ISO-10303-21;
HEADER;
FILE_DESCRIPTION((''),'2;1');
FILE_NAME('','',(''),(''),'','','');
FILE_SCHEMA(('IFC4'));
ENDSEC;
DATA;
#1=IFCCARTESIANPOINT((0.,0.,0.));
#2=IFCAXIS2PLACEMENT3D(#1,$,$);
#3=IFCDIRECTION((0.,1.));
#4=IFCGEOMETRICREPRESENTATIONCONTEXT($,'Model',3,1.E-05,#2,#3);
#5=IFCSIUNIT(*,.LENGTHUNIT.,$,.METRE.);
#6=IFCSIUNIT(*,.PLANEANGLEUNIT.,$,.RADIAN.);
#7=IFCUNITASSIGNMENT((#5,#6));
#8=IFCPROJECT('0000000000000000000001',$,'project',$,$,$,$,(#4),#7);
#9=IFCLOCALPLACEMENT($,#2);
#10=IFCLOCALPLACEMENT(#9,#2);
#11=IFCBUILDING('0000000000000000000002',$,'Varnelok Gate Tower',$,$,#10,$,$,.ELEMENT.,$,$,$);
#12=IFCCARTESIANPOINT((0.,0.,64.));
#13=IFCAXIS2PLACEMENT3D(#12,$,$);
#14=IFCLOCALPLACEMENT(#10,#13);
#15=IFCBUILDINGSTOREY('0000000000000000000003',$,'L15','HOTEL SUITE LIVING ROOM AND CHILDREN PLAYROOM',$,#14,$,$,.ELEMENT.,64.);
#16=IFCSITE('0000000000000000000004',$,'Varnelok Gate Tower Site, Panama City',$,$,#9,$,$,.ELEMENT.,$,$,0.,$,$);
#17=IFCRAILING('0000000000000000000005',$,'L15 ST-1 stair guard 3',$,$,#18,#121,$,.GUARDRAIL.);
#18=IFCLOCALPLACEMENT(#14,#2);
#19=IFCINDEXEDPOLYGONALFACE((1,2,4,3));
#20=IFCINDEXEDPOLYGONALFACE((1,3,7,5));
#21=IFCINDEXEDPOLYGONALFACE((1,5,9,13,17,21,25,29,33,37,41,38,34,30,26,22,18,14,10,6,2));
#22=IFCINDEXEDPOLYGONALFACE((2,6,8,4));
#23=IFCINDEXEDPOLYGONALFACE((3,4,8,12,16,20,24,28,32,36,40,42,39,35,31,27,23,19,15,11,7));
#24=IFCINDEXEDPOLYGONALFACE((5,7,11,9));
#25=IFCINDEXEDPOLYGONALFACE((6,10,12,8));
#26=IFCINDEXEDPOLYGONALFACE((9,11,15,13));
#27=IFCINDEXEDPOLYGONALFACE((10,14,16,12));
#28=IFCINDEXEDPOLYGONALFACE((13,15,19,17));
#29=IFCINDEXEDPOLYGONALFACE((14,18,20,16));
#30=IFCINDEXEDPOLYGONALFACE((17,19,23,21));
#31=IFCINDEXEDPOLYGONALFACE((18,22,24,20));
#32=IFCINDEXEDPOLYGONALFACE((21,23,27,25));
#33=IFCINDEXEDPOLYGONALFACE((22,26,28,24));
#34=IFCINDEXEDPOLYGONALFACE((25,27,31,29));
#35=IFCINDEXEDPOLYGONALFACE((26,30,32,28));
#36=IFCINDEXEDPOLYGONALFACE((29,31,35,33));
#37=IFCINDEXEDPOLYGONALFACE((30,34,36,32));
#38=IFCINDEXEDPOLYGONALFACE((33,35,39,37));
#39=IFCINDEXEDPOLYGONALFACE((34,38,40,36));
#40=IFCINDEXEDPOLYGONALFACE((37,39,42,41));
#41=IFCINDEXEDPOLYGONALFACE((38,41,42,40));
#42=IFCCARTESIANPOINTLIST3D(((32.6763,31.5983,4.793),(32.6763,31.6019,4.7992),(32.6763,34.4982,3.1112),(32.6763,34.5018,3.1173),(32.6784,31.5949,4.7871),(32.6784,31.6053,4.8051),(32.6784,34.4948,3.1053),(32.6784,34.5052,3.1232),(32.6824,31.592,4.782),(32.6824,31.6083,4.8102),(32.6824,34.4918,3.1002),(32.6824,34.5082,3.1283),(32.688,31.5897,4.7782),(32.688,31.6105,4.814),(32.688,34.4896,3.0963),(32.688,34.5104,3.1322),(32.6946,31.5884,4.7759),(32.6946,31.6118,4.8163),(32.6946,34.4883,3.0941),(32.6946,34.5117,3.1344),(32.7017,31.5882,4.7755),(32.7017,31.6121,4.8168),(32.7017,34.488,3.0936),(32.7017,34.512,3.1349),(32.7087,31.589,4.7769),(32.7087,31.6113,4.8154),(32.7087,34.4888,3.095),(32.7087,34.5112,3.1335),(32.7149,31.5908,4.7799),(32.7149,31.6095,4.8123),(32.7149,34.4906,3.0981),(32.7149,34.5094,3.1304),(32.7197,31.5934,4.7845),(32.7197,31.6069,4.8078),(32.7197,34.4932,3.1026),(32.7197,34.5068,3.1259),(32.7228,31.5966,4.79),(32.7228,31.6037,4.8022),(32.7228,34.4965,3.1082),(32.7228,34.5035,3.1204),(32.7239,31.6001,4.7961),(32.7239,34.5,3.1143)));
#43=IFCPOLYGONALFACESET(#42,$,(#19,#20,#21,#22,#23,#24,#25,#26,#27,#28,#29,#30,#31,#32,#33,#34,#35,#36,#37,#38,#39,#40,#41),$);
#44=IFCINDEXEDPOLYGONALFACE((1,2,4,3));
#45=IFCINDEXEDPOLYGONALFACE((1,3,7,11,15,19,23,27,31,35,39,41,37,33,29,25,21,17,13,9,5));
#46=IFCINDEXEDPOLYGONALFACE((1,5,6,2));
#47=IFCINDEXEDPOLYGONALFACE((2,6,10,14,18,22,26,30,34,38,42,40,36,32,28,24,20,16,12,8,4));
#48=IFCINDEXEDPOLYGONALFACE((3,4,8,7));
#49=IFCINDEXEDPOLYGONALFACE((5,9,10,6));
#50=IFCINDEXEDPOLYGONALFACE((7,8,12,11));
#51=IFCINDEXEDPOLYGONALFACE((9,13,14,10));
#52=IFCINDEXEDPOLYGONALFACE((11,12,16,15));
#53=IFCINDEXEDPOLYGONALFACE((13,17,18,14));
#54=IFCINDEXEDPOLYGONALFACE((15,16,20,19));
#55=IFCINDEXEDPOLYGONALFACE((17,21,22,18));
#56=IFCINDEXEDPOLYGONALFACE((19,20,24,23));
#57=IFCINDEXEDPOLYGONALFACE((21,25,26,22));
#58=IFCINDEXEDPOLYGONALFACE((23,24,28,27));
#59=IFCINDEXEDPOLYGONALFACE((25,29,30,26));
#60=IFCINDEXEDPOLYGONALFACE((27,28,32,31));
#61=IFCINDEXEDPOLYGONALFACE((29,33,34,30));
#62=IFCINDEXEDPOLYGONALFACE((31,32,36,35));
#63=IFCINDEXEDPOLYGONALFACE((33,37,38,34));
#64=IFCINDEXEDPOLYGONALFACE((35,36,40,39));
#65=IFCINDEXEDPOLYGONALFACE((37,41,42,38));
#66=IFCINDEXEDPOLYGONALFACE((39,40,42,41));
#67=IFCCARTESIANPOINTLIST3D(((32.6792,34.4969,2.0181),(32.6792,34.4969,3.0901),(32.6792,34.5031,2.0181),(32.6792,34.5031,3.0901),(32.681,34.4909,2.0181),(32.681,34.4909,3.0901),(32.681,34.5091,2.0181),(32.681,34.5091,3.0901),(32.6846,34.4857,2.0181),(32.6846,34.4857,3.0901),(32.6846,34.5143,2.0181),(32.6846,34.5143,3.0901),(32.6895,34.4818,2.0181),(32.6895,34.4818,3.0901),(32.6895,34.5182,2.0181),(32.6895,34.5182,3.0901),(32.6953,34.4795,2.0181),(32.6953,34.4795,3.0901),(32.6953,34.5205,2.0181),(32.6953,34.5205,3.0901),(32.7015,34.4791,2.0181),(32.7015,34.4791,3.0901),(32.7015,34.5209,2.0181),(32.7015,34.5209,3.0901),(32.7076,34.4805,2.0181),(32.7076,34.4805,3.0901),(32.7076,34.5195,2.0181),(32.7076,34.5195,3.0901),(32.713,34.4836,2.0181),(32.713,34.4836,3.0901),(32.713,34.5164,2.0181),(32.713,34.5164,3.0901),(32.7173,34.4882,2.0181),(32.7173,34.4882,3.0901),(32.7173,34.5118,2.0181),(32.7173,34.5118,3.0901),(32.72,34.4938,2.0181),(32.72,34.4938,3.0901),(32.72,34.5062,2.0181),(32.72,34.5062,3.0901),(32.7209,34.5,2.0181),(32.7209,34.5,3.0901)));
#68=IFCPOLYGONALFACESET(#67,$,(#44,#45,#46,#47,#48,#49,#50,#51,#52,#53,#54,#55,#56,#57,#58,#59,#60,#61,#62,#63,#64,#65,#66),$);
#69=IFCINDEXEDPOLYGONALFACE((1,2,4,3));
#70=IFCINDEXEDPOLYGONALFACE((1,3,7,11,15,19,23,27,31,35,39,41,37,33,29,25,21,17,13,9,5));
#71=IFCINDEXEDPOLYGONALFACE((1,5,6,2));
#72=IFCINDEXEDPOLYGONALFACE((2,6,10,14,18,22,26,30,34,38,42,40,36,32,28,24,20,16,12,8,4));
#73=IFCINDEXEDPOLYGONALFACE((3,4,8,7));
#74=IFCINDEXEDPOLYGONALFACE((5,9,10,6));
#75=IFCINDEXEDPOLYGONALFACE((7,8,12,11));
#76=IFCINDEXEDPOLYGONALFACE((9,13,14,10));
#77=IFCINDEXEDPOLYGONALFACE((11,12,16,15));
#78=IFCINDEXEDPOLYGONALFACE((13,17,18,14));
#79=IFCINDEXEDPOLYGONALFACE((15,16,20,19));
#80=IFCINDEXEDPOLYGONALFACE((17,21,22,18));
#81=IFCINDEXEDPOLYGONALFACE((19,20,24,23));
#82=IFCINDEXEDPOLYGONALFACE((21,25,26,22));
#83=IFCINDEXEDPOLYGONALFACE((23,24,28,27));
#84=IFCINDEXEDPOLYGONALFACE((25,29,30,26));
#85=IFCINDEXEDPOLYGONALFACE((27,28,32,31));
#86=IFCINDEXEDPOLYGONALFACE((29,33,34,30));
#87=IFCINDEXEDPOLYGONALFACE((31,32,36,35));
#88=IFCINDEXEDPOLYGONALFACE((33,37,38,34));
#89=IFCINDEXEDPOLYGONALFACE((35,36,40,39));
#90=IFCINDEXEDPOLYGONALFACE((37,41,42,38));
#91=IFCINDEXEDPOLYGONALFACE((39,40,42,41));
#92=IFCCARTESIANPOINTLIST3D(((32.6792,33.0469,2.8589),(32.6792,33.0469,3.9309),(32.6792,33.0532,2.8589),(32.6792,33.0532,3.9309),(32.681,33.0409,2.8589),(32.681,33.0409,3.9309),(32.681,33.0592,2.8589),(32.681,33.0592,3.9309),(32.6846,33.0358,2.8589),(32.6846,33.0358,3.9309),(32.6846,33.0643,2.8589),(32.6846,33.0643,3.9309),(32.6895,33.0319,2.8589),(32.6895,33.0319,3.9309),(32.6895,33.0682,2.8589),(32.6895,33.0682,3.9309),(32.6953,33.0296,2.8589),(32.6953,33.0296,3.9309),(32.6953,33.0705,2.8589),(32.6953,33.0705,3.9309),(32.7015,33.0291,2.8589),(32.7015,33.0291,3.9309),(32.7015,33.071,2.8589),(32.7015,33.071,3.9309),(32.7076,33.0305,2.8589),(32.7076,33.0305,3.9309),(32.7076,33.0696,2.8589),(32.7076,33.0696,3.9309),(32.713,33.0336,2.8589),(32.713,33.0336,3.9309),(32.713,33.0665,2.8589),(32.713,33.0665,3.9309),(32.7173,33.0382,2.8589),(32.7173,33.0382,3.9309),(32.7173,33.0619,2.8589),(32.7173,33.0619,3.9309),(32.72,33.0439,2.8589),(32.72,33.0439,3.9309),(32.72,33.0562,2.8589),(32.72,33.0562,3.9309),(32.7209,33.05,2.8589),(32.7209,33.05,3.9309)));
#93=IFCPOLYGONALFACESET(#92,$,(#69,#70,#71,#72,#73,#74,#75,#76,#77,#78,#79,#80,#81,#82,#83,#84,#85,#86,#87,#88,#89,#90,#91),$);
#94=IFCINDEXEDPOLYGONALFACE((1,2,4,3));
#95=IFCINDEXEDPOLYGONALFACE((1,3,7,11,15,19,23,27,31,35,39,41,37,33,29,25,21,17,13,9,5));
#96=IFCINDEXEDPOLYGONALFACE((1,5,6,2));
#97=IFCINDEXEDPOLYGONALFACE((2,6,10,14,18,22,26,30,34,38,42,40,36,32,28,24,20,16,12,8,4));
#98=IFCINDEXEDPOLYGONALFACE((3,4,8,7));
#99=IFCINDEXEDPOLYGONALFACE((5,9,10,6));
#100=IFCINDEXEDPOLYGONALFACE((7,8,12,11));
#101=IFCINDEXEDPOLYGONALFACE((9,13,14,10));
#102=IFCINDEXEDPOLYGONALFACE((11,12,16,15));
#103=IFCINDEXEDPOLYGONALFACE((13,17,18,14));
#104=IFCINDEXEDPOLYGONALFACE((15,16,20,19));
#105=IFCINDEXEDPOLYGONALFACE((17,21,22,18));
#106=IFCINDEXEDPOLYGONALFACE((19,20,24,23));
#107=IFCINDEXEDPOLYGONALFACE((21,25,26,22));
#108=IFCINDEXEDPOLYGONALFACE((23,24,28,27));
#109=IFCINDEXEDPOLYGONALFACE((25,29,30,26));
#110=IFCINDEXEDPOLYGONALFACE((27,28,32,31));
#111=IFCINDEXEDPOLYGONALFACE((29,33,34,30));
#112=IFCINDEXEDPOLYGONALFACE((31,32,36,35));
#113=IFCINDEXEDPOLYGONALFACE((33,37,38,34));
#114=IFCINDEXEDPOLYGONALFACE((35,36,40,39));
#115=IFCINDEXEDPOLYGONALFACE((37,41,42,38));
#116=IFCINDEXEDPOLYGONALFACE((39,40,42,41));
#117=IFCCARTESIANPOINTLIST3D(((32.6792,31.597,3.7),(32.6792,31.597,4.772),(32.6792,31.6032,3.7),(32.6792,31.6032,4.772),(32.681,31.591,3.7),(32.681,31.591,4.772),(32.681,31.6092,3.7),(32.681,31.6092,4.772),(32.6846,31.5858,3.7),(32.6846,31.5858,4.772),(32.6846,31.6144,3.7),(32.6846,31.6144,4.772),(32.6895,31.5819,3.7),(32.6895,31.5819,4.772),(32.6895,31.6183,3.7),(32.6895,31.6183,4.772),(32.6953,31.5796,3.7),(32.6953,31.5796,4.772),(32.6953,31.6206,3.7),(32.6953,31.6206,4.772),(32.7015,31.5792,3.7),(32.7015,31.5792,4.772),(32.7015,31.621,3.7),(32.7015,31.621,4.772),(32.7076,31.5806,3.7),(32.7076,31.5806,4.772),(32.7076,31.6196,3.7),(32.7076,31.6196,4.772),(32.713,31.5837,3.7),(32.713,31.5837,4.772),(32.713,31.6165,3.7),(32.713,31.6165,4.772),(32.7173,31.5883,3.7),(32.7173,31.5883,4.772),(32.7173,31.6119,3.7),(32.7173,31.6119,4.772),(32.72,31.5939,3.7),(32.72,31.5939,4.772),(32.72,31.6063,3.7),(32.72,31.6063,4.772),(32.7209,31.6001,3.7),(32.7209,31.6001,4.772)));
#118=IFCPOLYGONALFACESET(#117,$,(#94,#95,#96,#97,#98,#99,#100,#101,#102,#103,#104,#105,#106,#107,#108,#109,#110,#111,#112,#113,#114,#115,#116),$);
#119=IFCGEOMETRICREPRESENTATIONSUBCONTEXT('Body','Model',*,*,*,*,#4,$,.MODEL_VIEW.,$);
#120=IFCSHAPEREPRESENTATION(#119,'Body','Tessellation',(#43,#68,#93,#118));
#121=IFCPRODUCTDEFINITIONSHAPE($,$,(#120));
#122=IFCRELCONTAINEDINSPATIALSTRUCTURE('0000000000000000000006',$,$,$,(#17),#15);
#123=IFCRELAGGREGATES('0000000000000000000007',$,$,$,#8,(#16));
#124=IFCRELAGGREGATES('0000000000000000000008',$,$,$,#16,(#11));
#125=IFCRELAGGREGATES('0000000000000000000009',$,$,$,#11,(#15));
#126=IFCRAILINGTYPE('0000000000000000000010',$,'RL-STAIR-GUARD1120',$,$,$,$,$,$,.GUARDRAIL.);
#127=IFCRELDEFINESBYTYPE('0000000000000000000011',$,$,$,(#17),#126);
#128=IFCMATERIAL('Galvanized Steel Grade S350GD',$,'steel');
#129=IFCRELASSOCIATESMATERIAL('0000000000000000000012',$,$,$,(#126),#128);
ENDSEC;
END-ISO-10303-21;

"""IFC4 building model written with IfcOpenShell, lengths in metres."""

from ifc_helpers import new_model, si_unit, direction, frame, origin, origin_2d, place, context, subcontext, project, spatial, circle, extrude, material, type_object, element, save


model = new_model("IFC4")

# Units and contexts
model_context = context("Model", 3, precision=1e-05, world=origin(), true_north=direction((0.0, 1.0)))
body_context = subcontext(model_context, "Body", "Model", "MODEL_VIEW")
ifc_project = project(units=[si_unit("LENGTHUNIT", "METRE"), si_unit("PLANEANGLEUNIT", "RADIAN")], contexts=[model_context])

# Site, building, storey
site_placement = place(None, origin())
site = spatial("IfcSite", under=ifc_project, at=site_placement, Name="Varnelok Gate Tower Site, Panama City", CompositionType="ELEMENT", RefElevation=0.0)
building_placement = place(site_placement, origin())
building = spatial("IfcBuilding", under=site, at=building_placement, Name="Varnelok Gate Tower", CompositionType="ELEMENT")
storey_placement = place(building_placement, frame((0.0, 0.0, 64.0)))
storey = spatial("IfcBuildingStorey", under=building, at=storey_placement, Name="L15", Description="HOTEL SUITE LIVING ROOM AND CHILDREN PLAYROOM", CompositionType="ELEMENT", Elevation=64.0)

# Shared definitions
ifc_material_1 = material(Name="Galvanized Steel Grade S350GD", Category="steel")

# Railing
railing_type_1 = type_object("IfcRailingType", Name="RL-STAIR-GUARD1120", PredefinedType="GUARDRAIL", material=ifc_material_1)
railing_1_placement = place(storey_placement, frame((32.7, 34.5, 2.0181)))
element("IfcRailing", 1, at=railing_1_placement, inside=storey, type_object=railing_type_1, Name="L15 ST-1 stair guard 3", PredefinedType="GUARDRAIL", context=body_context, shape_type="SweptSolid", body=[
    extrude(circle(Radius=0.0239, at=origin_2d()), frame((0.0, 0.0, 1.0962), z_axis=(0.0, -0.865039, 0.501705), x_axis=(1.0, 0.0, 0.0)), (0.0, 0.0, 1.0), 3.3523),
    extrude(circle(Radius=0.021, at=origin_2d()), origin(), (0.0, 0.0, 1.0), 1.072),
    extrude(circle(Radius=0.021, at=origin_2d()), frame((0.0, -1.45, 0.8408)), (0.0, 0.0, 1.0), 1.072),
    extrude(circle(Radius=0.021, at=origin_2d()), frame((0.0, -2.8999, 1.6819)), (0.0, 0.0, 1.0), 1.072),
])

save(model, "model.ifc")
